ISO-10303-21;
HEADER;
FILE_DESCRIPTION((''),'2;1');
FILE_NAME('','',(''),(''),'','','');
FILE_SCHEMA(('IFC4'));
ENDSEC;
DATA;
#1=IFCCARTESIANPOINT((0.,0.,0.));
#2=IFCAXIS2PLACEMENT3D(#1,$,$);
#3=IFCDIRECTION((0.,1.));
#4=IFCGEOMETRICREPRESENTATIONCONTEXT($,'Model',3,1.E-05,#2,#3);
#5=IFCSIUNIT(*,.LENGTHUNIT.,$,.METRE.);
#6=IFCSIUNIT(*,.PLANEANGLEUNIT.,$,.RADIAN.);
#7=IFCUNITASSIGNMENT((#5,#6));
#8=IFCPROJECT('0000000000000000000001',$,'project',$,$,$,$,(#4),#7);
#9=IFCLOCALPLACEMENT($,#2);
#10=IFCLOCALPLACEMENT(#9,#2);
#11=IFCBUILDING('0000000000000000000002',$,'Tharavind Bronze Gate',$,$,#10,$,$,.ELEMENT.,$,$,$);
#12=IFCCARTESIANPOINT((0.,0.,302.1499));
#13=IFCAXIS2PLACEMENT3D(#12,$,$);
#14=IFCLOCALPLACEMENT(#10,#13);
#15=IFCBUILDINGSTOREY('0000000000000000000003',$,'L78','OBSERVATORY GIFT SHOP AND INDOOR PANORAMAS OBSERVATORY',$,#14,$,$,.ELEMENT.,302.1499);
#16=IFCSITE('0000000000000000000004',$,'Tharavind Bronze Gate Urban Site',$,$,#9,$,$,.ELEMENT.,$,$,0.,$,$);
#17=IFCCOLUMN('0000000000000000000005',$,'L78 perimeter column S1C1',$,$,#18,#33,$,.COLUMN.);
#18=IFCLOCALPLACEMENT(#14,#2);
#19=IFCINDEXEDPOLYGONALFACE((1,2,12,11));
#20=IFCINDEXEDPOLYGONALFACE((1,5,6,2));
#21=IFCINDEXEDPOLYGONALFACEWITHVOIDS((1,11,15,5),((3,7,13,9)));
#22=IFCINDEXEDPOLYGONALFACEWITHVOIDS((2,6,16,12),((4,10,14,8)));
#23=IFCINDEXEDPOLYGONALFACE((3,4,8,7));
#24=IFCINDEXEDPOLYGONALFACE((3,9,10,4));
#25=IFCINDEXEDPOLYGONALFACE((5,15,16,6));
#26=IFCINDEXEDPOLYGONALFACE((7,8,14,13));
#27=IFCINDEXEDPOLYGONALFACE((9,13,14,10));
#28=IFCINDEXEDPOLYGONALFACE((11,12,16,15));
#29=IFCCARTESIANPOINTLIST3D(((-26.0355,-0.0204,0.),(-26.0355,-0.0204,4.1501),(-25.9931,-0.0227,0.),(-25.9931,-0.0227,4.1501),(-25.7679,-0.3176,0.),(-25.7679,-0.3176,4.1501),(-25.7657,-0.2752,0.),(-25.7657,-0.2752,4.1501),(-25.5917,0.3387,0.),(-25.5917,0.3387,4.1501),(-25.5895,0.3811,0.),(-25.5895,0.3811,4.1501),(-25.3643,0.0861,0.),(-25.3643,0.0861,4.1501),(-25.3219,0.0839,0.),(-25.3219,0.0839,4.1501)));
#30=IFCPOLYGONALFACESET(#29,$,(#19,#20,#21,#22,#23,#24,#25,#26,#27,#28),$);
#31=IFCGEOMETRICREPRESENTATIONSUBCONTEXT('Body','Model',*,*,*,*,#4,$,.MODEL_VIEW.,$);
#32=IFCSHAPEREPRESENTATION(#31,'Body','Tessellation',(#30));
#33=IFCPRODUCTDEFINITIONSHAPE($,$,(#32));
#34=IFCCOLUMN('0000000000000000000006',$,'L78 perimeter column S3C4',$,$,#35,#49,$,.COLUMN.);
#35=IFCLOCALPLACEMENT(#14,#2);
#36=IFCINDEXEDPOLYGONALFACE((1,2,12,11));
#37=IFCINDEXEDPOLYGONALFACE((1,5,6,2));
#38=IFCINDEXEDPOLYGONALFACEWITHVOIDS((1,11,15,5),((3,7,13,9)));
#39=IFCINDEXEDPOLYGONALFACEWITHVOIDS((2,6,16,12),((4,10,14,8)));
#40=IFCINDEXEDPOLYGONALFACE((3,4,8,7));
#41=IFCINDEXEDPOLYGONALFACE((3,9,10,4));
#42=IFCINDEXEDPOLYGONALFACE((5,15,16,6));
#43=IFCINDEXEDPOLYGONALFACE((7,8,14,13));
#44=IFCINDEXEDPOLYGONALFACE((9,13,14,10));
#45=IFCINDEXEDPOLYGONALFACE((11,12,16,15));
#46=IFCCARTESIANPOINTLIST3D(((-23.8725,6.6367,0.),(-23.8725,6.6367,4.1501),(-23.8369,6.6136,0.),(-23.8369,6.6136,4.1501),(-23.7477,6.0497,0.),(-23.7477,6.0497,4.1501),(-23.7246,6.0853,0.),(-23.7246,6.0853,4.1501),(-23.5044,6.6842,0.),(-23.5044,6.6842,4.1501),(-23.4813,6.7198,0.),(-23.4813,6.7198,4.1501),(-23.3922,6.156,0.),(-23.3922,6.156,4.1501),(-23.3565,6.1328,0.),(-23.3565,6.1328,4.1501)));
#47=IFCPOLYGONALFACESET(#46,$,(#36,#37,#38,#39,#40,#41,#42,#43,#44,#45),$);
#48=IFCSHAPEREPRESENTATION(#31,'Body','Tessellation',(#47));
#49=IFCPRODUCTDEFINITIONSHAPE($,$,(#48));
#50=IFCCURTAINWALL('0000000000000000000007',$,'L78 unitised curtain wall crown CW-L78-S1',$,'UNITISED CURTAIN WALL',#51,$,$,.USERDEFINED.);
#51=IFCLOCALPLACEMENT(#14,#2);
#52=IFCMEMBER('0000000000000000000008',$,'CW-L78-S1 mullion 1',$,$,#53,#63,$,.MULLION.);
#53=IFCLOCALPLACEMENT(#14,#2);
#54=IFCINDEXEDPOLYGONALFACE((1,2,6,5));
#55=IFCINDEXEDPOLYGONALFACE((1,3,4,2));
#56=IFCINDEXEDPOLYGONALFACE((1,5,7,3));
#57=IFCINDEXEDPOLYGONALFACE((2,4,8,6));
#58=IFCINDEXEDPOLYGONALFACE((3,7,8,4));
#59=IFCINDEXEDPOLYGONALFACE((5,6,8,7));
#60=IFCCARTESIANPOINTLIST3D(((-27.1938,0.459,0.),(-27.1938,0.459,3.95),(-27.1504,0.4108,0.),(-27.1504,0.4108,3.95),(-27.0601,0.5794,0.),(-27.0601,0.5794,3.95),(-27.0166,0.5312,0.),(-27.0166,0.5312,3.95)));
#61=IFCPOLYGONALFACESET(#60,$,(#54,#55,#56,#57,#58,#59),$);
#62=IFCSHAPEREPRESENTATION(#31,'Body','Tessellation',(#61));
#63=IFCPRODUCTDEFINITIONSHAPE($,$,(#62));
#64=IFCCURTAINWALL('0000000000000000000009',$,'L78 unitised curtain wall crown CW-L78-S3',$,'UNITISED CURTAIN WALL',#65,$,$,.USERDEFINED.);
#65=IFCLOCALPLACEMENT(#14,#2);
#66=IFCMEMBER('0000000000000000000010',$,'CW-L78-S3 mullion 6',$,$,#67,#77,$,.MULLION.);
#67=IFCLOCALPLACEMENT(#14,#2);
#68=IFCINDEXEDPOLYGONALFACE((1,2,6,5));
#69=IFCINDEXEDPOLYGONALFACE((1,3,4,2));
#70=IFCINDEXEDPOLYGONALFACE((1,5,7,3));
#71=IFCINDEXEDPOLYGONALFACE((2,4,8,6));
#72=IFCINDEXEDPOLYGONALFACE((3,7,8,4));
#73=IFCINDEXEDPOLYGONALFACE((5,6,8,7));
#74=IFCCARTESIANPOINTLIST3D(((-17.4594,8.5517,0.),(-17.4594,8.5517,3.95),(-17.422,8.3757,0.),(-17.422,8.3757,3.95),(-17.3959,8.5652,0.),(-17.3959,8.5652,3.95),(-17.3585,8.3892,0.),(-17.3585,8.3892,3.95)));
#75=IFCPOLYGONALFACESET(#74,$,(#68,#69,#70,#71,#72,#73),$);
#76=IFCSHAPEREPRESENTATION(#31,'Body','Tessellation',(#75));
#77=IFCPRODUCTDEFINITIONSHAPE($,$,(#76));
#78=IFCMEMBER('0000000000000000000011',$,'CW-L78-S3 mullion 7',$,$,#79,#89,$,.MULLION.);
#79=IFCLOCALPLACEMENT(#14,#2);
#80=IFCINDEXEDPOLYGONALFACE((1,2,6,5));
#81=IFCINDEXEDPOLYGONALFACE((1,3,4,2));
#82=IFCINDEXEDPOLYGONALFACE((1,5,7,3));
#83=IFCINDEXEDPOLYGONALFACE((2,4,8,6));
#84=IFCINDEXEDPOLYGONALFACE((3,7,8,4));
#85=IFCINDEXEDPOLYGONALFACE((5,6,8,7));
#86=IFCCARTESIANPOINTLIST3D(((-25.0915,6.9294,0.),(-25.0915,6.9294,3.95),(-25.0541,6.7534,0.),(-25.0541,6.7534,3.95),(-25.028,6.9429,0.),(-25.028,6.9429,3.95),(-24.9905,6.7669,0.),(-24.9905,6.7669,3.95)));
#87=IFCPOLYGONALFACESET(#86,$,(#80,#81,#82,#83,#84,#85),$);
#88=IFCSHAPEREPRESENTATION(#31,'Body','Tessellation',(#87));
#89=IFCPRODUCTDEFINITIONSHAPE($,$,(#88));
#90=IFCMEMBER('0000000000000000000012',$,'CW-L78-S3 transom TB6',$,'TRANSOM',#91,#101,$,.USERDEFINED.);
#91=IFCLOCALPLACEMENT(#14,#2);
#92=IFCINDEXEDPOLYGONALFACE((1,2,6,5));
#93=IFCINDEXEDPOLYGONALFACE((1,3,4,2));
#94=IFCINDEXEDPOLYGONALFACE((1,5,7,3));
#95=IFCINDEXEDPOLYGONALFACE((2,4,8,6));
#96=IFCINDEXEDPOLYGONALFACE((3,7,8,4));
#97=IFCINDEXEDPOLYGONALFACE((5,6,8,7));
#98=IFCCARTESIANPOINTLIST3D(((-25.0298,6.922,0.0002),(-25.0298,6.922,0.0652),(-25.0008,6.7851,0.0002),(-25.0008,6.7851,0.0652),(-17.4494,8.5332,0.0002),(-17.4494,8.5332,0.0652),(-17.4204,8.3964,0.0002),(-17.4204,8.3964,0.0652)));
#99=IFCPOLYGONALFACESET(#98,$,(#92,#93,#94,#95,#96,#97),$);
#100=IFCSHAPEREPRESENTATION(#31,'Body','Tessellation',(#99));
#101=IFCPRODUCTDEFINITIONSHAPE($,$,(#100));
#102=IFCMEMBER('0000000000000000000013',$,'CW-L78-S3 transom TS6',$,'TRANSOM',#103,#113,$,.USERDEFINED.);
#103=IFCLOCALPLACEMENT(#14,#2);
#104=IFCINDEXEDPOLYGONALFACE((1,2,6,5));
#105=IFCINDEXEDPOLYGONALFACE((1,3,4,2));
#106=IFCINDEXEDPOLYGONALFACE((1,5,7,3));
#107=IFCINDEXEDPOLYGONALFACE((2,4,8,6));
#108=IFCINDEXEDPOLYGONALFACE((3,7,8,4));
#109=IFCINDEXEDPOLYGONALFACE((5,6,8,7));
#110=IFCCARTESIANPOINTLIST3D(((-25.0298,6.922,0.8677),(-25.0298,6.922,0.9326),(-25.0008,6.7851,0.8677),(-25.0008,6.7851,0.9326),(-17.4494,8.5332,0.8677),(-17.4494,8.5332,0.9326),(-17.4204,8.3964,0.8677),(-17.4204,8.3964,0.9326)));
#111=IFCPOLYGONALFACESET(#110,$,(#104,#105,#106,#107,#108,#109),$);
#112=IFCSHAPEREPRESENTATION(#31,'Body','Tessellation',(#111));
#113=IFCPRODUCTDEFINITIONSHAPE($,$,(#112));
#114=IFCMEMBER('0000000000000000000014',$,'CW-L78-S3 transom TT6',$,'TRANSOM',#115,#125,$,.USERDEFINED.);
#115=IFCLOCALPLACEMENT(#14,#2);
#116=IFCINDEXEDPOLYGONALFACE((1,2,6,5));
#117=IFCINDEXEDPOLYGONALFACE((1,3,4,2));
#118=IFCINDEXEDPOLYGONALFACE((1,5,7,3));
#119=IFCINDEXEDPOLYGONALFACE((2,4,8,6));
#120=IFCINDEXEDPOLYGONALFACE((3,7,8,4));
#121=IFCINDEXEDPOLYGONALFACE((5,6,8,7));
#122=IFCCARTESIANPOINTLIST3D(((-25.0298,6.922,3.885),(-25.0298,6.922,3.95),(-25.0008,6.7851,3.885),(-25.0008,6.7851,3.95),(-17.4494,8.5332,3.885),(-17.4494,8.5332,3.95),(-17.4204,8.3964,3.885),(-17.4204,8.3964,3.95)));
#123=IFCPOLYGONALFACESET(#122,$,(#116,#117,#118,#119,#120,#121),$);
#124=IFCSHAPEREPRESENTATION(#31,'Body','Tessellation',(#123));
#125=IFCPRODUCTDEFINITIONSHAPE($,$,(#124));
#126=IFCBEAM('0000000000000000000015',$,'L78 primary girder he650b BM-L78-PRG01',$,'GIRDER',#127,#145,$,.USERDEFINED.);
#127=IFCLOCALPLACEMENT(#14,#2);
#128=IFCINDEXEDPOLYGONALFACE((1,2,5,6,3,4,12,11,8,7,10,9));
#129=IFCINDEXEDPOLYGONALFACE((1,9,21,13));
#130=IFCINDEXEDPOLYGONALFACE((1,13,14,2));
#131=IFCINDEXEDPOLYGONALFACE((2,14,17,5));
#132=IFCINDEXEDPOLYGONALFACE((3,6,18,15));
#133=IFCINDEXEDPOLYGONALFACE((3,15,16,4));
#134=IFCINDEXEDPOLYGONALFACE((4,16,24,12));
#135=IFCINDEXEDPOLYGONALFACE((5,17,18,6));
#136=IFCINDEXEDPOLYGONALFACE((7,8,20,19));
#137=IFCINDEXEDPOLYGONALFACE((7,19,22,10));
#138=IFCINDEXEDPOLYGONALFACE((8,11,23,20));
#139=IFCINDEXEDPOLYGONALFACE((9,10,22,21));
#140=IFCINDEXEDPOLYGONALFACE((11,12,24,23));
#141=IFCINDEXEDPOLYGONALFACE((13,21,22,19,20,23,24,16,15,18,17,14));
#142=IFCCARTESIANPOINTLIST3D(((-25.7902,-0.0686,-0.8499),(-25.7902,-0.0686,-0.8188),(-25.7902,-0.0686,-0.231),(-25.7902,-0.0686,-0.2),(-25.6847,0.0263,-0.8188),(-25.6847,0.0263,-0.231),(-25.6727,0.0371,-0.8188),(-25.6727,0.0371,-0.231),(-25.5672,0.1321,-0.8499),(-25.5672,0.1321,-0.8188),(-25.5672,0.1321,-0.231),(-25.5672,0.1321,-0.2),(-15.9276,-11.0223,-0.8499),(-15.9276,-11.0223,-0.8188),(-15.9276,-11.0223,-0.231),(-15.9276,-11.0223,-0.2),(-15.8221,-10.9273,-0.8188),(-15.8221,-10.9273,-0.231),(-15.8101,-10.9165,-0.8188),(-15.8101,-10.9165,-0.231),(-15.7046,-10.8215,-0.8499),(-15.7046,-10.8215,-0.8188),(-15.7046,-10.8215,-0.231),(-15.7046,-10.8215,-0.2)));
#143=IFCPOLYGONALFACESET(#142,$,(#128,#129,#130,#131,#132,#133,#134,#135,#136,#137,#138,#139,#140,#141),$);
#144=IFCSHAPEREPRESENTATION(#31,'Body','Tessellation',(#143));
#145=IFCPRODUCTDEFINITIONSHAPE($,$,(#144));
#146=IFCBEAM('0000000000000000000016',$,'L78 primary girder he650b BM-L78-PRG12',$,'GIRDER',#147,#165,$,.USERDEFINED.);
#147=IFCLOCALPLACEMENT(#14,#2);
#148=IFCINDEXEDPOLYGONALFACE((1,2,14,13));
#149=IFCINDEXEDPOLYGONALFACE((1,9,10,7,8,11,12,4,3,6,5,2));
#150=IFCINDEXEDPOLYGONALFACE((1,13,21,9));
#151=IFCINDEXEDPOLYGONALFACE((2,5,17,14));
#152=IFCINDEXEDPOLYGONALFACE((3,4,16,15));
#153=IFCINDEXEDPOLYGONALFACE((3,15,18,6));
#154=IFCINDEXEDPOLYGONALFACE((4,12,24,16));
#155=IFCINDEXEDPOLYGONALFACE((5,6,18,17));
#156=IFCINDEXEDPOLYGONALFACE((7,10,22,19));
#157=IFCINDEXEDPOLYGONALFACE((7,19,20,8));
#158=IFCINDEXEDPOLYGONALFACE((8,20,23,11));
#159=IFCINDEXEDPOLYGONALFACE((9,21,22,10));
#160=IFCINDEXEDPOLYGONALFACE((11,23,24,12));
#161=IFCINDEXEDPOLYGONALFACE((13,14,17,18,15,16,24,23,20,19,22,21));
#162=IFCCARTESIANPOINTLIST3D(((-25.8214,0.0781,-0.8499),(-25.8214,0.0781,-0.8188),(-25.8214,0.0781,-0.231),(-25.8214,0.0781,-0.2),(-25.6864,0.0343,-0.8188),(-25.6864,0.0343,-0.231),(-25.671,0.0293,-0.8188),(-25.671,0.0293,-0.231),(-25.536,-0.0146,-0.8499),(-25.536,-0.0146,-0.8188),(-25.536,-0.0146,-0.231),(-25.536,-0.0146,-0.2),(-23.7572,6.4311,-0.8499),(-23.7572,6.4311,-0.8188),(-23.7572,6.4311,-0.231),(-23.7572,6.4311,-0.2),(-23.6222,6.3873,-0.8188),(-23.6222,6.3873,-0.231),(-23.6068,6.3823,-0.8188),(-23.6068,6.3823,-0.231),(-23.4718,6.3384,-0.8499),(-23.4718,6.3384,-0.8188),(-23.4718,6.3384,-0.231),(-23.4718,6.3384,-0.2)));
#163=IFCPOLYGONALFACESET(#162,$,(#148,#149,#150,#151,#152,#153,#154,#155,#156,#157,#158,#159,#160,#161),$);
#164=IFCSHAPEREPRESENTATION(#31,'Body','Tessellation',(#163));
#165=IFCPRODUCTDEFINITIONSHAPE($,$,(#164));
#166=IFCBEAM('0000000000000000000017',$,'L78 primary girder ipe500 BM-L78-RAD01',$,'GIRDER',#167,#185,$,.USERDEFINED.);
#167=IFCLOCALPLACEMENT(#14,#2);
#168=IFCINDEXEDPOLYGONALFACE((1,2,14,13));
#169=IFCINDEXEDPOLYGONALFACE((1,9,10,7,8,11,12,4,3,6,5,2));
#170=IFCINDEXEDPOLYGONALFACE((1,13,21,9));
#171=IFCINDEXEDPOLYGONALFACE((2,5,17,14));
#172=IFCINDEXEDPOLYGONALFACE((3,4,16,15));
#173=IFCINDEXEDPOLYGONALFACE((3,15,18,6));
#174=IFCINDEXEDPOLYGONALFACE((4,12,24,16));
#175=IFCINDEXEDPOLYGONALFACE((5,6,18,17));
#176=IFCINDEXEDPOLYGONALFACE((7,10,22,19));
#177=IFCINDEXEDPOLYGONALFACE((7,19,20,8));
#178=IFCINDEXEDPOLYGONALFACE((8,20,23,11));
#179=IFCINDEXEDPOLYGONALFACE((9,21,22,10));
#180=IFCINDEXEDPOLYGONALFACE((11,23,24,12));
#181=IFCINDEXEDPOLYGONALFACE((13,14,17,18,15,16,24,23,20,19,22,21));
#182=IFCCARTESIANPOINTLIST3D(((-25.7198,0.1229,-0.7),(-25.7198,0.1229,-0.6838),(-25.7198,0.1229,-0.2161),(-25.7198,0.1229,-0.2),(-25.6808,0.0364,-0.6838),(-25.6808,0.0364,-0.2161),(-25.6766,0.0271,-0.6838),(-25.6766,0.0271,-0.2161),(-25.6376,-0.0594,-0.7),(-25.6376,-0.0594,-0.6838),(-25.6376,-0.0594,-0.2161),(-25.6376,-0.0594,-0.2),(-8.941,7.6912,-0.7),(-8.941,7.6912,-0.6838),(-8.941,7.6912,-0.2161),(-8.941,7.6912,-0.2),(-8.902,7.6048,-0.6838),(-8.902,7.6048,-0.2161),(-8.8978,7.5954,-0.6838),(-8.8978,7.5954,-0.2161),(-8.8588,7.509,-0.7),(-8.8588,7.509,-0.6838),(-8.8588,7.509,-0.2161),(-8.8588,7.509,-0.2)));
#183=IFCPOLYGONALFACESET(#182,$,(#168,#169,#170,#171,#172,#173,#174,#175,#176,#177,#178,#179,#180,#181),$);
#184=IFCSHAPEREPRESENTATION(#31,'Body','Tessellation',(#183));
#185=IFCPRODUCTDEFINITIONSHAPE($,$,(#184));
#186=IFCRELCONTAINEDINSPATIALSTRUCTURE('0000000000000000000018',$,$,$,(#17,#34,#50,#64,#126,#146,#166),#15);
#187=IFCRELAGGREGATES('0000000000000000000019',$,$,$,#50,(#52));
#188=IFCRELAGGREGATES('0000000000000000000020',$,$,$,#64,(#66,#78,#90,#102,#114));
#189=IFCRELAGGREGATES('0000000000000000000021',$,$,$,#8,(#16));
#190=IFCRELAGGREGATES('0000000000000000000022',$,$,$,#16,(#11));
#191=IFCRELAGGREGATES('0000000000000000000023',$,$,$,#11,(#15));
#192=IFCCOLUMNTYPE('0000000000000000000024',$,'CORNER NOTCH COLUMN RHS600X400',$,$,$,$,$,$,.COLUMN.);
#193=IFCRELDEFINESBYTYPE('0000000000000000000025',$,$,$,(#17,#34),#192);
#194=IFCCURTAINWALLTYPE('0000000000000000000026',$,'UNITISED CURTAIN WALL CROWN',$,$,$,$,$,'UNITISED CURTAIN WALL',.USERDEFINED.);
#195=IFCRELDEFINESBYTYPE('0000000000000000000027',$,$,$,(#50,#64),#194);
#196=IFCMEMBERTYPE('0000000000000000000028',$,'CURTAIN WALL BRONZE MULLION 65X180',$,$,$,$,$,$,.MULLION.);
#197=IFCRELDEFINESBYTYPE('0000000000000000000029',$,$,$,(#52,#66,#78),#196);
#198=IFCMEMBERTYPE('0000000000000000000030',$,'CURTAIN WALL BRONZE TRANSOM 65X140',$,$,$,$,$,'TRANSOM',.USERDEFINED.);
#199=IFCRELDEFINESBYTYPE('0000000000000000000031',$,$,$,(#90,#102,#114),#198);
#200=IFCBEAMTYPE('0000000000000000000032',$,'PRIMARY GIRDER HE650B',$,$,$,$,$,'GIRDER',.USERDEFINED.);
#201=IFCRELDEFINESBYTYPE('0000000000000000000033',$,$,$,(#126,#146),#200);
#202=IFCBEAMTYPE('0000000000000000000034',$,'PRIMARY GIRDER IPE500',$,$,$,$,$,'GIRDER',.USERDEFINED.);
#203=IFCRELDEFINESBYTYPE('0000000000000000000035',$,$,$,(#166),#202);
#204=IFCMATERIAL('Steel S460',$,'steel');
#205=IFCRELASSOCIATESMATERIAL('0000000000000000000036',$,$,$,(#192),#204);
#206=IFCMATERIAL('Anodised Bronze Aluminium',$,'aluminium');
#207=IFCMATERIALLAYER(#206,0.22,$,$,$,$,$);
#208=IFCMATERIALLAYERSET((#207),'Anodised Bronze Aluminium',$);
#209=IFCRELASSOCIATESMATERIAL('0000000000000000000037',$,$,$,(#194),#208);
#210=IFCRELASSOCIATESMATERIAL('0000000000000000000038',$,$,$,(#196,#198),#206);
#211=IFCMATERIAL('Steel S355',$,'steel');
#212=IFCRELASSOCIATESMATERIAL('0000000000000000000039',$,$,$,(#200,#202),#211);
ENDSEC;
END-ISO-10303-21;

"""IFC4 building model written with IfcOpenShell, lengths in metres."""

from ifc_helpers import new_model, si_unit, direction, frame, origin, origin_2d, place, context, subcontext, project, spatial, rectangle, hollow_rectangle, i_section, extrude, material, layer, layer_set, material_profile, profile_set, type_object, element, aggregate, save


model = new_model("IFC4")

# Units and contexts
model_context = context("Model", 3, precision=1e-05, world=origin(), true_north=direction((0.0, 1.0)))
body_context = subcontext(model_context, "Body", "Model", "MODEL_VIEW")
ifc_project = project(units=[si_unit("LENGTHUNIT", "METRE"), si_unit("PLANEANGLEUNIT", "RADIAN")], contexts=[model_context])

# Site, building, storey
site_placement = place(None, origin())
site = spatial("IfcSite", under=ifc_project, at=site_placement, Name="Tharavind Bronze Gate Urban Site", CompositionType="ELEMENT", RefElevation=0.0)
building_placement = place(site_placement, origin())
building = spatial("IfcBuilding", under=site, at=building_placement, Name="Tharavind Bronze Gate", CompositionType="ELEMENT")
storey_placement = place(building_placement, frame((0.0, 0.0, 302.1499)))
storey = spatial("IfcBuildingStorey", under=building, at=storey_placement, Name="L78", Description="OBSERVATORY GIFT SHOP AND INDOOR PANORAMAS OBSERVATORY", CompositionType="ELEMENT", Elevation=302.1499)

# Columns
ifc_material_1 = material(Name="Steel S460", Category="steel")
ifc_material_profile_1 = material_profile(ifc_material_1, hollow_rectangle(XDim=0.3999, YDim=0.6001, WallThickness=0.03, at=origin_2d()), Name="RHS600X400X30")
ifc_profile_set_1 = profile_set([ifc_material_profile_1], Name="Steel S460")
column_type = type_object("IfcColumnType", Name="CORNER NOTCH COLUMN RHS600X400", PredefinedType="COLUMN", material=ifc_profile_set_1)
for number, where, z_axis, x_axis, name in (
    (1, (-25.6787, 0.0317, 0.0), (0.0, 0.0, 1.0), (-0.669131, 0.743145, 0.0), "L78 perimeter column S1C1"),
    (2, (-23.6145, 6.3848, 0.0), (0.0, 0.0, 1.0), (0.978147, 0.207913, 0.0), "L78 perimeter column S3C4"),
):
    element("IfcColumn", number, at=place(storey_placement, frame(where, z_axis=z_axis, x_axis=x_axis)), inside=storey, type_object=column_type, Name=name, PredefinedType="COLUMN", context=body_context, shape_type="SweptSolid", body=[
        extrude(hollow_rectangle(XDim=0.3999, YDim=0.6001, WallThickness=0.03, at=origin_2d()), origin(), (0.0, 0.0, 1.0), 4.1501),
    ])

# Curtain wall, member
ifc_material_2 = material(Name="Anodised Bronze Aluminium", Category="aluminium")
ifc_layer_1 = layer(ifc_material_2, 0.22)
ifc_layer_set_1 = layer_set([ifc_layer_1], Name="Anodised Bronze Aluminium")
curtain_wall_type = type_object("IfcCurtainWallType", Name="UNITISED CURTAIN WALL CROWN", ElementType="UNITISED CURTAIN WALL", PredefinedType="USERDEFINED", material=ifc_layer_set_1)
curtain_wall_1_placement = place(storey_placement, origin())
curtain_wall_1 = element("IfcCurtainWall", 3, at=curtain_wall_1_placement, inside=storey, type_object=curtain_wall_type, Name="L78 unitised curtain wall crown CW-L78-S1", ObjectType="UNITISED CURTAIN WALL", PredefinedType="USERDEFINED")
member_type_1 = type_object("IfcMemberType", Name="CURTAIN WALL BRONZE MULLION 65X180", PredefinedType="MULLION", material=ifc_material_2)
member_1_placement = place(storey_placement, frame((-27.1052, 0.4951, 0.0), z_axis=(0.0, 0.0, 1.0), x_axis=(0.669131, -0.743145, 0.0)))
member_1 = element("IfcMember", 4, at=member_1_placement, type_object=member_type_1, Name="CW-L78-S1 mullion 1", PredefinedType="MULLION", context=body_context, shape_type="SweptSolid", body=[
    extrude(rectangle(XDim=0.0649, YDim=0.1799, at=origin_2d()), origin(), (0.0, 0.0, 1.0), 3.95),
])
aggregate(curtain_wall_1, [member_1])

# Curtain wall, members
curtain_wall_2_placement = place(storey_placement, origin())
curtain_wall_2 = element("IfcCurtainWall", 5, at=curtain_wall_2_placement, inside=storey, type_object=curtain_wall_type, Name="L78 unitised curtain wall crown CW-L78-S3", ObjectType="UNITISED CURTAIN WALL", PredefinedType="USERDEFINED")
member_2_placement = place(storey_placement, frame((-17.4089, 8.4705, 0.0), z_axis=(0.0, 0.0, 1.0), x_axis=(-0.978147, -0.207913, 0.0)))
member_2 = element("IfcMember", 6, at=member_2_placement, type_object=member_type_1, Name="CW-L78-S3 mullion 6", PredefinedType="MULLION", context=body_context, shape_type="SweptSolid", body=[
    extrude(rectangle(XDim=0.0649, YDim=0.1799, at=origin_2d()), origin(), (0.0, 0.0, 1.0), 3.95),
])
member_3_placement = place(storey_placement, frame((-25.041, 6.8481, 0.0), z_axis=(0.0, 0.0, 1.0), x_axis=(-0.978147, -0.207913, 0.0)))
member_3 = element("IfcMember", 7, at=member_3_placement, type_object=member_type_1, Name="CW-L78-S3 mullion 7", PredefinedType="MULLION", context=body_context, shape_type="SweptSolid", body=[
    extrude(rectangle(XDim=0.0649, YDim=0.1799, at=origin_2d()), origin(), (0.0, 0.0, 1.0), 3.95),
])
member_type_2 = type_object("IfcMemberType", Name="CURTAIN WALL BRONZE TRANSOM 65X140", ElementType="TRANSOM", PredefinedType="USERDEFINED", material=ifc_material_2)
member_4_placement = place(storey_placement, frame((-21.2251, 7.6592, 0.0002), z_axis=(0.0, 0.0, 1.0), x_axis=(-0.978147, -0.207913, 0.0)))
member_4 = element("IfcMember", 8, at=member_4_placement, type_object=member_type_2, Name="CW-L78-S3 transom TB6", ObjectType="TRANSOM", PredefinedType="USERDEFINED", context=body_context, shape_type="SweptSolid", body=[
    extrude(rectangle(XDim=7.7498, YDim=0.1399, at=origin_2d()), origin(), (0.0, 0.0, 1.0), 0.0649),
])
member_5_placement = place(storey_placement, frame((-21.2251, 7.6592, 0.8677), z_axis=(0.0, 0.0, 1.0), x_axis=(-0.978147, -0.207913, 0.0)))
member_5 = element("IfcMember", 9, at=member_5_placement, type_object=member_type_2, Name="CW-L78-S3 transom TS6", ObjectType="TRANSOM", PredefinedType="USERDEFINED", context=body_context, shape_type="SweptSolid", body=[
    extrude(rectangle(XDim=7.7498, YDim=0.1399, at=origin_2d()), origin(), (0.0, 0.0, 1.0), 0.0649),
])
member_6_placement = place(storey_placement, frame((-21.2251, 7.6592, 3.885), z_axis=(0.0, 0.0, 1.0), x_axis=(-0.978147, -0.207913, 0.0)))
member_6 = element("IfcMember", 10, at=member_6_placement, type_object=member_type_2, Name="CW-L78-S3 transom TT6", ObjectType="TRANSOM", PredefinedType="USERDEFINED", context=body_context, shape_type="SweptSolid", body=[
    extrude(rectangle(XDim=7.7498, YDim=0.1399, at=origin_2d()), origin(), (0.0, 0.0, 1.0), 0.0649),
])

# Beams
ifc_material_3 = material(Name="Steel S355", Category="steel")
ifc_material_profile_2 = material_profile(ifc_material_3, i_section(OverallWidth=0.3, OverallDepth=0.6499, WebThickness=0.0161, FlangeThickness=0.031, at=origin_2d()), Name="HE650B")
ifc_profile_set_2 = profile_set([ifc_material_profile_2], Name="Steel S355")
beam_type_1 = type_object("IfcBeamType", Name="PRIMARY GIRDER HE650B", ElementType="GIRDER", PredefinedType="USERDEFINED", material=ifc_profile_set_2)
beam_1_placement = place(storey_placement, frame((-25.6787, 0.0317, -0.5249), z_axis=(0.669126, -0.743149, 0.0), x_axis=(0.743149, 0.669126, 0.0)))
element("IfcBeam", 11, at=beam_1_placement, inside=storey, type_object=beam_type_1, Name="L78 primary girder he650b BM-L78-PRG01", ObjectType="GIRDER", PredefinedType="USERDEFINED", context=body_context, shape_type="SweptSolid", body=[
    extrude(i_section(OverallWidth=0.3, OverallDepth=0.6499, WebThickness=0.0161, FlangeThickness=0.031, at=origin_2d()), origin(), (0.0, 0.0, 1.0), 14.7395),
])
beam_2_placement = place(storey_placement, frame((-23.6145, 6.3848, -0.5249), z_axis=(-0.309015, -0.951057, 0.0), x_axis=(0.951057, -0.309015, 0.0)))
element("IfcBeam", 12, at=beam_2_placement, inside=storey, type_object=beam_type_1, Name="L78 primary girder he650b BM-L78-PRG12", ObjectType="GIRDER", PredefinedType="USERDEFINED", context=body_context, shape_type="SweptSolid", body=[
    extrude(i_section(OverallWidth=0.3, OverallDepth=0.6499, WebThickness=0.0161, FlangeThickness=0.031, at=origin_2d()), origin(), (0.0, 0.0, 1.0), 6.6799),
])
ifc_material_profile_3 = material_profile(ifc_material_3, i_section(OverallWidth=0.2, OverallDepth=0.5, WebThickness=0.0103, FlangeThickness=0.0161, at=origin_2d()), Name="IPE500")
ifc_profile_set_3 = profile_set([ifc_material_profile_3], Name="Steel S355")
beam_type_2 = type_object("IfcBeamType", Name="PRIMARY GIRDER IPE500", ElementType="GIRDER", PredefinedType="USERDEFINED", material=ifc_profile_set_3)
beam_3_placement = place(storey_placement, frame((-25.6787, 0.0317, -0.45), z_axis=(0.911557, 0.411173, 0.0), x_axis=(-0.411173, 0.911557, 0.0)))
element("IfcBeam", 13, at=beam_3_placement, inside=storey, type_object=beam_type_2, Name="L78 primary girder ipe500 BM-L78-RAD01", ObjectType="GIRDER", PredefinedType="USERDEFINED", context=body_context, shape_type="SweptSolid", body=[
    extrude(i_section(OverallWidth=0.2, OverallDepth=0.5, WebThickness=0.0103, FlangeThickness=0.0161, at=origin_2d()), origin(), (0.0, 0.0, 1.0), 18.4067),
])

aggregate(curtain_wall_2, [member_2, member_3, member_4, member_5, member_6])

save(model, "model.ifc")
